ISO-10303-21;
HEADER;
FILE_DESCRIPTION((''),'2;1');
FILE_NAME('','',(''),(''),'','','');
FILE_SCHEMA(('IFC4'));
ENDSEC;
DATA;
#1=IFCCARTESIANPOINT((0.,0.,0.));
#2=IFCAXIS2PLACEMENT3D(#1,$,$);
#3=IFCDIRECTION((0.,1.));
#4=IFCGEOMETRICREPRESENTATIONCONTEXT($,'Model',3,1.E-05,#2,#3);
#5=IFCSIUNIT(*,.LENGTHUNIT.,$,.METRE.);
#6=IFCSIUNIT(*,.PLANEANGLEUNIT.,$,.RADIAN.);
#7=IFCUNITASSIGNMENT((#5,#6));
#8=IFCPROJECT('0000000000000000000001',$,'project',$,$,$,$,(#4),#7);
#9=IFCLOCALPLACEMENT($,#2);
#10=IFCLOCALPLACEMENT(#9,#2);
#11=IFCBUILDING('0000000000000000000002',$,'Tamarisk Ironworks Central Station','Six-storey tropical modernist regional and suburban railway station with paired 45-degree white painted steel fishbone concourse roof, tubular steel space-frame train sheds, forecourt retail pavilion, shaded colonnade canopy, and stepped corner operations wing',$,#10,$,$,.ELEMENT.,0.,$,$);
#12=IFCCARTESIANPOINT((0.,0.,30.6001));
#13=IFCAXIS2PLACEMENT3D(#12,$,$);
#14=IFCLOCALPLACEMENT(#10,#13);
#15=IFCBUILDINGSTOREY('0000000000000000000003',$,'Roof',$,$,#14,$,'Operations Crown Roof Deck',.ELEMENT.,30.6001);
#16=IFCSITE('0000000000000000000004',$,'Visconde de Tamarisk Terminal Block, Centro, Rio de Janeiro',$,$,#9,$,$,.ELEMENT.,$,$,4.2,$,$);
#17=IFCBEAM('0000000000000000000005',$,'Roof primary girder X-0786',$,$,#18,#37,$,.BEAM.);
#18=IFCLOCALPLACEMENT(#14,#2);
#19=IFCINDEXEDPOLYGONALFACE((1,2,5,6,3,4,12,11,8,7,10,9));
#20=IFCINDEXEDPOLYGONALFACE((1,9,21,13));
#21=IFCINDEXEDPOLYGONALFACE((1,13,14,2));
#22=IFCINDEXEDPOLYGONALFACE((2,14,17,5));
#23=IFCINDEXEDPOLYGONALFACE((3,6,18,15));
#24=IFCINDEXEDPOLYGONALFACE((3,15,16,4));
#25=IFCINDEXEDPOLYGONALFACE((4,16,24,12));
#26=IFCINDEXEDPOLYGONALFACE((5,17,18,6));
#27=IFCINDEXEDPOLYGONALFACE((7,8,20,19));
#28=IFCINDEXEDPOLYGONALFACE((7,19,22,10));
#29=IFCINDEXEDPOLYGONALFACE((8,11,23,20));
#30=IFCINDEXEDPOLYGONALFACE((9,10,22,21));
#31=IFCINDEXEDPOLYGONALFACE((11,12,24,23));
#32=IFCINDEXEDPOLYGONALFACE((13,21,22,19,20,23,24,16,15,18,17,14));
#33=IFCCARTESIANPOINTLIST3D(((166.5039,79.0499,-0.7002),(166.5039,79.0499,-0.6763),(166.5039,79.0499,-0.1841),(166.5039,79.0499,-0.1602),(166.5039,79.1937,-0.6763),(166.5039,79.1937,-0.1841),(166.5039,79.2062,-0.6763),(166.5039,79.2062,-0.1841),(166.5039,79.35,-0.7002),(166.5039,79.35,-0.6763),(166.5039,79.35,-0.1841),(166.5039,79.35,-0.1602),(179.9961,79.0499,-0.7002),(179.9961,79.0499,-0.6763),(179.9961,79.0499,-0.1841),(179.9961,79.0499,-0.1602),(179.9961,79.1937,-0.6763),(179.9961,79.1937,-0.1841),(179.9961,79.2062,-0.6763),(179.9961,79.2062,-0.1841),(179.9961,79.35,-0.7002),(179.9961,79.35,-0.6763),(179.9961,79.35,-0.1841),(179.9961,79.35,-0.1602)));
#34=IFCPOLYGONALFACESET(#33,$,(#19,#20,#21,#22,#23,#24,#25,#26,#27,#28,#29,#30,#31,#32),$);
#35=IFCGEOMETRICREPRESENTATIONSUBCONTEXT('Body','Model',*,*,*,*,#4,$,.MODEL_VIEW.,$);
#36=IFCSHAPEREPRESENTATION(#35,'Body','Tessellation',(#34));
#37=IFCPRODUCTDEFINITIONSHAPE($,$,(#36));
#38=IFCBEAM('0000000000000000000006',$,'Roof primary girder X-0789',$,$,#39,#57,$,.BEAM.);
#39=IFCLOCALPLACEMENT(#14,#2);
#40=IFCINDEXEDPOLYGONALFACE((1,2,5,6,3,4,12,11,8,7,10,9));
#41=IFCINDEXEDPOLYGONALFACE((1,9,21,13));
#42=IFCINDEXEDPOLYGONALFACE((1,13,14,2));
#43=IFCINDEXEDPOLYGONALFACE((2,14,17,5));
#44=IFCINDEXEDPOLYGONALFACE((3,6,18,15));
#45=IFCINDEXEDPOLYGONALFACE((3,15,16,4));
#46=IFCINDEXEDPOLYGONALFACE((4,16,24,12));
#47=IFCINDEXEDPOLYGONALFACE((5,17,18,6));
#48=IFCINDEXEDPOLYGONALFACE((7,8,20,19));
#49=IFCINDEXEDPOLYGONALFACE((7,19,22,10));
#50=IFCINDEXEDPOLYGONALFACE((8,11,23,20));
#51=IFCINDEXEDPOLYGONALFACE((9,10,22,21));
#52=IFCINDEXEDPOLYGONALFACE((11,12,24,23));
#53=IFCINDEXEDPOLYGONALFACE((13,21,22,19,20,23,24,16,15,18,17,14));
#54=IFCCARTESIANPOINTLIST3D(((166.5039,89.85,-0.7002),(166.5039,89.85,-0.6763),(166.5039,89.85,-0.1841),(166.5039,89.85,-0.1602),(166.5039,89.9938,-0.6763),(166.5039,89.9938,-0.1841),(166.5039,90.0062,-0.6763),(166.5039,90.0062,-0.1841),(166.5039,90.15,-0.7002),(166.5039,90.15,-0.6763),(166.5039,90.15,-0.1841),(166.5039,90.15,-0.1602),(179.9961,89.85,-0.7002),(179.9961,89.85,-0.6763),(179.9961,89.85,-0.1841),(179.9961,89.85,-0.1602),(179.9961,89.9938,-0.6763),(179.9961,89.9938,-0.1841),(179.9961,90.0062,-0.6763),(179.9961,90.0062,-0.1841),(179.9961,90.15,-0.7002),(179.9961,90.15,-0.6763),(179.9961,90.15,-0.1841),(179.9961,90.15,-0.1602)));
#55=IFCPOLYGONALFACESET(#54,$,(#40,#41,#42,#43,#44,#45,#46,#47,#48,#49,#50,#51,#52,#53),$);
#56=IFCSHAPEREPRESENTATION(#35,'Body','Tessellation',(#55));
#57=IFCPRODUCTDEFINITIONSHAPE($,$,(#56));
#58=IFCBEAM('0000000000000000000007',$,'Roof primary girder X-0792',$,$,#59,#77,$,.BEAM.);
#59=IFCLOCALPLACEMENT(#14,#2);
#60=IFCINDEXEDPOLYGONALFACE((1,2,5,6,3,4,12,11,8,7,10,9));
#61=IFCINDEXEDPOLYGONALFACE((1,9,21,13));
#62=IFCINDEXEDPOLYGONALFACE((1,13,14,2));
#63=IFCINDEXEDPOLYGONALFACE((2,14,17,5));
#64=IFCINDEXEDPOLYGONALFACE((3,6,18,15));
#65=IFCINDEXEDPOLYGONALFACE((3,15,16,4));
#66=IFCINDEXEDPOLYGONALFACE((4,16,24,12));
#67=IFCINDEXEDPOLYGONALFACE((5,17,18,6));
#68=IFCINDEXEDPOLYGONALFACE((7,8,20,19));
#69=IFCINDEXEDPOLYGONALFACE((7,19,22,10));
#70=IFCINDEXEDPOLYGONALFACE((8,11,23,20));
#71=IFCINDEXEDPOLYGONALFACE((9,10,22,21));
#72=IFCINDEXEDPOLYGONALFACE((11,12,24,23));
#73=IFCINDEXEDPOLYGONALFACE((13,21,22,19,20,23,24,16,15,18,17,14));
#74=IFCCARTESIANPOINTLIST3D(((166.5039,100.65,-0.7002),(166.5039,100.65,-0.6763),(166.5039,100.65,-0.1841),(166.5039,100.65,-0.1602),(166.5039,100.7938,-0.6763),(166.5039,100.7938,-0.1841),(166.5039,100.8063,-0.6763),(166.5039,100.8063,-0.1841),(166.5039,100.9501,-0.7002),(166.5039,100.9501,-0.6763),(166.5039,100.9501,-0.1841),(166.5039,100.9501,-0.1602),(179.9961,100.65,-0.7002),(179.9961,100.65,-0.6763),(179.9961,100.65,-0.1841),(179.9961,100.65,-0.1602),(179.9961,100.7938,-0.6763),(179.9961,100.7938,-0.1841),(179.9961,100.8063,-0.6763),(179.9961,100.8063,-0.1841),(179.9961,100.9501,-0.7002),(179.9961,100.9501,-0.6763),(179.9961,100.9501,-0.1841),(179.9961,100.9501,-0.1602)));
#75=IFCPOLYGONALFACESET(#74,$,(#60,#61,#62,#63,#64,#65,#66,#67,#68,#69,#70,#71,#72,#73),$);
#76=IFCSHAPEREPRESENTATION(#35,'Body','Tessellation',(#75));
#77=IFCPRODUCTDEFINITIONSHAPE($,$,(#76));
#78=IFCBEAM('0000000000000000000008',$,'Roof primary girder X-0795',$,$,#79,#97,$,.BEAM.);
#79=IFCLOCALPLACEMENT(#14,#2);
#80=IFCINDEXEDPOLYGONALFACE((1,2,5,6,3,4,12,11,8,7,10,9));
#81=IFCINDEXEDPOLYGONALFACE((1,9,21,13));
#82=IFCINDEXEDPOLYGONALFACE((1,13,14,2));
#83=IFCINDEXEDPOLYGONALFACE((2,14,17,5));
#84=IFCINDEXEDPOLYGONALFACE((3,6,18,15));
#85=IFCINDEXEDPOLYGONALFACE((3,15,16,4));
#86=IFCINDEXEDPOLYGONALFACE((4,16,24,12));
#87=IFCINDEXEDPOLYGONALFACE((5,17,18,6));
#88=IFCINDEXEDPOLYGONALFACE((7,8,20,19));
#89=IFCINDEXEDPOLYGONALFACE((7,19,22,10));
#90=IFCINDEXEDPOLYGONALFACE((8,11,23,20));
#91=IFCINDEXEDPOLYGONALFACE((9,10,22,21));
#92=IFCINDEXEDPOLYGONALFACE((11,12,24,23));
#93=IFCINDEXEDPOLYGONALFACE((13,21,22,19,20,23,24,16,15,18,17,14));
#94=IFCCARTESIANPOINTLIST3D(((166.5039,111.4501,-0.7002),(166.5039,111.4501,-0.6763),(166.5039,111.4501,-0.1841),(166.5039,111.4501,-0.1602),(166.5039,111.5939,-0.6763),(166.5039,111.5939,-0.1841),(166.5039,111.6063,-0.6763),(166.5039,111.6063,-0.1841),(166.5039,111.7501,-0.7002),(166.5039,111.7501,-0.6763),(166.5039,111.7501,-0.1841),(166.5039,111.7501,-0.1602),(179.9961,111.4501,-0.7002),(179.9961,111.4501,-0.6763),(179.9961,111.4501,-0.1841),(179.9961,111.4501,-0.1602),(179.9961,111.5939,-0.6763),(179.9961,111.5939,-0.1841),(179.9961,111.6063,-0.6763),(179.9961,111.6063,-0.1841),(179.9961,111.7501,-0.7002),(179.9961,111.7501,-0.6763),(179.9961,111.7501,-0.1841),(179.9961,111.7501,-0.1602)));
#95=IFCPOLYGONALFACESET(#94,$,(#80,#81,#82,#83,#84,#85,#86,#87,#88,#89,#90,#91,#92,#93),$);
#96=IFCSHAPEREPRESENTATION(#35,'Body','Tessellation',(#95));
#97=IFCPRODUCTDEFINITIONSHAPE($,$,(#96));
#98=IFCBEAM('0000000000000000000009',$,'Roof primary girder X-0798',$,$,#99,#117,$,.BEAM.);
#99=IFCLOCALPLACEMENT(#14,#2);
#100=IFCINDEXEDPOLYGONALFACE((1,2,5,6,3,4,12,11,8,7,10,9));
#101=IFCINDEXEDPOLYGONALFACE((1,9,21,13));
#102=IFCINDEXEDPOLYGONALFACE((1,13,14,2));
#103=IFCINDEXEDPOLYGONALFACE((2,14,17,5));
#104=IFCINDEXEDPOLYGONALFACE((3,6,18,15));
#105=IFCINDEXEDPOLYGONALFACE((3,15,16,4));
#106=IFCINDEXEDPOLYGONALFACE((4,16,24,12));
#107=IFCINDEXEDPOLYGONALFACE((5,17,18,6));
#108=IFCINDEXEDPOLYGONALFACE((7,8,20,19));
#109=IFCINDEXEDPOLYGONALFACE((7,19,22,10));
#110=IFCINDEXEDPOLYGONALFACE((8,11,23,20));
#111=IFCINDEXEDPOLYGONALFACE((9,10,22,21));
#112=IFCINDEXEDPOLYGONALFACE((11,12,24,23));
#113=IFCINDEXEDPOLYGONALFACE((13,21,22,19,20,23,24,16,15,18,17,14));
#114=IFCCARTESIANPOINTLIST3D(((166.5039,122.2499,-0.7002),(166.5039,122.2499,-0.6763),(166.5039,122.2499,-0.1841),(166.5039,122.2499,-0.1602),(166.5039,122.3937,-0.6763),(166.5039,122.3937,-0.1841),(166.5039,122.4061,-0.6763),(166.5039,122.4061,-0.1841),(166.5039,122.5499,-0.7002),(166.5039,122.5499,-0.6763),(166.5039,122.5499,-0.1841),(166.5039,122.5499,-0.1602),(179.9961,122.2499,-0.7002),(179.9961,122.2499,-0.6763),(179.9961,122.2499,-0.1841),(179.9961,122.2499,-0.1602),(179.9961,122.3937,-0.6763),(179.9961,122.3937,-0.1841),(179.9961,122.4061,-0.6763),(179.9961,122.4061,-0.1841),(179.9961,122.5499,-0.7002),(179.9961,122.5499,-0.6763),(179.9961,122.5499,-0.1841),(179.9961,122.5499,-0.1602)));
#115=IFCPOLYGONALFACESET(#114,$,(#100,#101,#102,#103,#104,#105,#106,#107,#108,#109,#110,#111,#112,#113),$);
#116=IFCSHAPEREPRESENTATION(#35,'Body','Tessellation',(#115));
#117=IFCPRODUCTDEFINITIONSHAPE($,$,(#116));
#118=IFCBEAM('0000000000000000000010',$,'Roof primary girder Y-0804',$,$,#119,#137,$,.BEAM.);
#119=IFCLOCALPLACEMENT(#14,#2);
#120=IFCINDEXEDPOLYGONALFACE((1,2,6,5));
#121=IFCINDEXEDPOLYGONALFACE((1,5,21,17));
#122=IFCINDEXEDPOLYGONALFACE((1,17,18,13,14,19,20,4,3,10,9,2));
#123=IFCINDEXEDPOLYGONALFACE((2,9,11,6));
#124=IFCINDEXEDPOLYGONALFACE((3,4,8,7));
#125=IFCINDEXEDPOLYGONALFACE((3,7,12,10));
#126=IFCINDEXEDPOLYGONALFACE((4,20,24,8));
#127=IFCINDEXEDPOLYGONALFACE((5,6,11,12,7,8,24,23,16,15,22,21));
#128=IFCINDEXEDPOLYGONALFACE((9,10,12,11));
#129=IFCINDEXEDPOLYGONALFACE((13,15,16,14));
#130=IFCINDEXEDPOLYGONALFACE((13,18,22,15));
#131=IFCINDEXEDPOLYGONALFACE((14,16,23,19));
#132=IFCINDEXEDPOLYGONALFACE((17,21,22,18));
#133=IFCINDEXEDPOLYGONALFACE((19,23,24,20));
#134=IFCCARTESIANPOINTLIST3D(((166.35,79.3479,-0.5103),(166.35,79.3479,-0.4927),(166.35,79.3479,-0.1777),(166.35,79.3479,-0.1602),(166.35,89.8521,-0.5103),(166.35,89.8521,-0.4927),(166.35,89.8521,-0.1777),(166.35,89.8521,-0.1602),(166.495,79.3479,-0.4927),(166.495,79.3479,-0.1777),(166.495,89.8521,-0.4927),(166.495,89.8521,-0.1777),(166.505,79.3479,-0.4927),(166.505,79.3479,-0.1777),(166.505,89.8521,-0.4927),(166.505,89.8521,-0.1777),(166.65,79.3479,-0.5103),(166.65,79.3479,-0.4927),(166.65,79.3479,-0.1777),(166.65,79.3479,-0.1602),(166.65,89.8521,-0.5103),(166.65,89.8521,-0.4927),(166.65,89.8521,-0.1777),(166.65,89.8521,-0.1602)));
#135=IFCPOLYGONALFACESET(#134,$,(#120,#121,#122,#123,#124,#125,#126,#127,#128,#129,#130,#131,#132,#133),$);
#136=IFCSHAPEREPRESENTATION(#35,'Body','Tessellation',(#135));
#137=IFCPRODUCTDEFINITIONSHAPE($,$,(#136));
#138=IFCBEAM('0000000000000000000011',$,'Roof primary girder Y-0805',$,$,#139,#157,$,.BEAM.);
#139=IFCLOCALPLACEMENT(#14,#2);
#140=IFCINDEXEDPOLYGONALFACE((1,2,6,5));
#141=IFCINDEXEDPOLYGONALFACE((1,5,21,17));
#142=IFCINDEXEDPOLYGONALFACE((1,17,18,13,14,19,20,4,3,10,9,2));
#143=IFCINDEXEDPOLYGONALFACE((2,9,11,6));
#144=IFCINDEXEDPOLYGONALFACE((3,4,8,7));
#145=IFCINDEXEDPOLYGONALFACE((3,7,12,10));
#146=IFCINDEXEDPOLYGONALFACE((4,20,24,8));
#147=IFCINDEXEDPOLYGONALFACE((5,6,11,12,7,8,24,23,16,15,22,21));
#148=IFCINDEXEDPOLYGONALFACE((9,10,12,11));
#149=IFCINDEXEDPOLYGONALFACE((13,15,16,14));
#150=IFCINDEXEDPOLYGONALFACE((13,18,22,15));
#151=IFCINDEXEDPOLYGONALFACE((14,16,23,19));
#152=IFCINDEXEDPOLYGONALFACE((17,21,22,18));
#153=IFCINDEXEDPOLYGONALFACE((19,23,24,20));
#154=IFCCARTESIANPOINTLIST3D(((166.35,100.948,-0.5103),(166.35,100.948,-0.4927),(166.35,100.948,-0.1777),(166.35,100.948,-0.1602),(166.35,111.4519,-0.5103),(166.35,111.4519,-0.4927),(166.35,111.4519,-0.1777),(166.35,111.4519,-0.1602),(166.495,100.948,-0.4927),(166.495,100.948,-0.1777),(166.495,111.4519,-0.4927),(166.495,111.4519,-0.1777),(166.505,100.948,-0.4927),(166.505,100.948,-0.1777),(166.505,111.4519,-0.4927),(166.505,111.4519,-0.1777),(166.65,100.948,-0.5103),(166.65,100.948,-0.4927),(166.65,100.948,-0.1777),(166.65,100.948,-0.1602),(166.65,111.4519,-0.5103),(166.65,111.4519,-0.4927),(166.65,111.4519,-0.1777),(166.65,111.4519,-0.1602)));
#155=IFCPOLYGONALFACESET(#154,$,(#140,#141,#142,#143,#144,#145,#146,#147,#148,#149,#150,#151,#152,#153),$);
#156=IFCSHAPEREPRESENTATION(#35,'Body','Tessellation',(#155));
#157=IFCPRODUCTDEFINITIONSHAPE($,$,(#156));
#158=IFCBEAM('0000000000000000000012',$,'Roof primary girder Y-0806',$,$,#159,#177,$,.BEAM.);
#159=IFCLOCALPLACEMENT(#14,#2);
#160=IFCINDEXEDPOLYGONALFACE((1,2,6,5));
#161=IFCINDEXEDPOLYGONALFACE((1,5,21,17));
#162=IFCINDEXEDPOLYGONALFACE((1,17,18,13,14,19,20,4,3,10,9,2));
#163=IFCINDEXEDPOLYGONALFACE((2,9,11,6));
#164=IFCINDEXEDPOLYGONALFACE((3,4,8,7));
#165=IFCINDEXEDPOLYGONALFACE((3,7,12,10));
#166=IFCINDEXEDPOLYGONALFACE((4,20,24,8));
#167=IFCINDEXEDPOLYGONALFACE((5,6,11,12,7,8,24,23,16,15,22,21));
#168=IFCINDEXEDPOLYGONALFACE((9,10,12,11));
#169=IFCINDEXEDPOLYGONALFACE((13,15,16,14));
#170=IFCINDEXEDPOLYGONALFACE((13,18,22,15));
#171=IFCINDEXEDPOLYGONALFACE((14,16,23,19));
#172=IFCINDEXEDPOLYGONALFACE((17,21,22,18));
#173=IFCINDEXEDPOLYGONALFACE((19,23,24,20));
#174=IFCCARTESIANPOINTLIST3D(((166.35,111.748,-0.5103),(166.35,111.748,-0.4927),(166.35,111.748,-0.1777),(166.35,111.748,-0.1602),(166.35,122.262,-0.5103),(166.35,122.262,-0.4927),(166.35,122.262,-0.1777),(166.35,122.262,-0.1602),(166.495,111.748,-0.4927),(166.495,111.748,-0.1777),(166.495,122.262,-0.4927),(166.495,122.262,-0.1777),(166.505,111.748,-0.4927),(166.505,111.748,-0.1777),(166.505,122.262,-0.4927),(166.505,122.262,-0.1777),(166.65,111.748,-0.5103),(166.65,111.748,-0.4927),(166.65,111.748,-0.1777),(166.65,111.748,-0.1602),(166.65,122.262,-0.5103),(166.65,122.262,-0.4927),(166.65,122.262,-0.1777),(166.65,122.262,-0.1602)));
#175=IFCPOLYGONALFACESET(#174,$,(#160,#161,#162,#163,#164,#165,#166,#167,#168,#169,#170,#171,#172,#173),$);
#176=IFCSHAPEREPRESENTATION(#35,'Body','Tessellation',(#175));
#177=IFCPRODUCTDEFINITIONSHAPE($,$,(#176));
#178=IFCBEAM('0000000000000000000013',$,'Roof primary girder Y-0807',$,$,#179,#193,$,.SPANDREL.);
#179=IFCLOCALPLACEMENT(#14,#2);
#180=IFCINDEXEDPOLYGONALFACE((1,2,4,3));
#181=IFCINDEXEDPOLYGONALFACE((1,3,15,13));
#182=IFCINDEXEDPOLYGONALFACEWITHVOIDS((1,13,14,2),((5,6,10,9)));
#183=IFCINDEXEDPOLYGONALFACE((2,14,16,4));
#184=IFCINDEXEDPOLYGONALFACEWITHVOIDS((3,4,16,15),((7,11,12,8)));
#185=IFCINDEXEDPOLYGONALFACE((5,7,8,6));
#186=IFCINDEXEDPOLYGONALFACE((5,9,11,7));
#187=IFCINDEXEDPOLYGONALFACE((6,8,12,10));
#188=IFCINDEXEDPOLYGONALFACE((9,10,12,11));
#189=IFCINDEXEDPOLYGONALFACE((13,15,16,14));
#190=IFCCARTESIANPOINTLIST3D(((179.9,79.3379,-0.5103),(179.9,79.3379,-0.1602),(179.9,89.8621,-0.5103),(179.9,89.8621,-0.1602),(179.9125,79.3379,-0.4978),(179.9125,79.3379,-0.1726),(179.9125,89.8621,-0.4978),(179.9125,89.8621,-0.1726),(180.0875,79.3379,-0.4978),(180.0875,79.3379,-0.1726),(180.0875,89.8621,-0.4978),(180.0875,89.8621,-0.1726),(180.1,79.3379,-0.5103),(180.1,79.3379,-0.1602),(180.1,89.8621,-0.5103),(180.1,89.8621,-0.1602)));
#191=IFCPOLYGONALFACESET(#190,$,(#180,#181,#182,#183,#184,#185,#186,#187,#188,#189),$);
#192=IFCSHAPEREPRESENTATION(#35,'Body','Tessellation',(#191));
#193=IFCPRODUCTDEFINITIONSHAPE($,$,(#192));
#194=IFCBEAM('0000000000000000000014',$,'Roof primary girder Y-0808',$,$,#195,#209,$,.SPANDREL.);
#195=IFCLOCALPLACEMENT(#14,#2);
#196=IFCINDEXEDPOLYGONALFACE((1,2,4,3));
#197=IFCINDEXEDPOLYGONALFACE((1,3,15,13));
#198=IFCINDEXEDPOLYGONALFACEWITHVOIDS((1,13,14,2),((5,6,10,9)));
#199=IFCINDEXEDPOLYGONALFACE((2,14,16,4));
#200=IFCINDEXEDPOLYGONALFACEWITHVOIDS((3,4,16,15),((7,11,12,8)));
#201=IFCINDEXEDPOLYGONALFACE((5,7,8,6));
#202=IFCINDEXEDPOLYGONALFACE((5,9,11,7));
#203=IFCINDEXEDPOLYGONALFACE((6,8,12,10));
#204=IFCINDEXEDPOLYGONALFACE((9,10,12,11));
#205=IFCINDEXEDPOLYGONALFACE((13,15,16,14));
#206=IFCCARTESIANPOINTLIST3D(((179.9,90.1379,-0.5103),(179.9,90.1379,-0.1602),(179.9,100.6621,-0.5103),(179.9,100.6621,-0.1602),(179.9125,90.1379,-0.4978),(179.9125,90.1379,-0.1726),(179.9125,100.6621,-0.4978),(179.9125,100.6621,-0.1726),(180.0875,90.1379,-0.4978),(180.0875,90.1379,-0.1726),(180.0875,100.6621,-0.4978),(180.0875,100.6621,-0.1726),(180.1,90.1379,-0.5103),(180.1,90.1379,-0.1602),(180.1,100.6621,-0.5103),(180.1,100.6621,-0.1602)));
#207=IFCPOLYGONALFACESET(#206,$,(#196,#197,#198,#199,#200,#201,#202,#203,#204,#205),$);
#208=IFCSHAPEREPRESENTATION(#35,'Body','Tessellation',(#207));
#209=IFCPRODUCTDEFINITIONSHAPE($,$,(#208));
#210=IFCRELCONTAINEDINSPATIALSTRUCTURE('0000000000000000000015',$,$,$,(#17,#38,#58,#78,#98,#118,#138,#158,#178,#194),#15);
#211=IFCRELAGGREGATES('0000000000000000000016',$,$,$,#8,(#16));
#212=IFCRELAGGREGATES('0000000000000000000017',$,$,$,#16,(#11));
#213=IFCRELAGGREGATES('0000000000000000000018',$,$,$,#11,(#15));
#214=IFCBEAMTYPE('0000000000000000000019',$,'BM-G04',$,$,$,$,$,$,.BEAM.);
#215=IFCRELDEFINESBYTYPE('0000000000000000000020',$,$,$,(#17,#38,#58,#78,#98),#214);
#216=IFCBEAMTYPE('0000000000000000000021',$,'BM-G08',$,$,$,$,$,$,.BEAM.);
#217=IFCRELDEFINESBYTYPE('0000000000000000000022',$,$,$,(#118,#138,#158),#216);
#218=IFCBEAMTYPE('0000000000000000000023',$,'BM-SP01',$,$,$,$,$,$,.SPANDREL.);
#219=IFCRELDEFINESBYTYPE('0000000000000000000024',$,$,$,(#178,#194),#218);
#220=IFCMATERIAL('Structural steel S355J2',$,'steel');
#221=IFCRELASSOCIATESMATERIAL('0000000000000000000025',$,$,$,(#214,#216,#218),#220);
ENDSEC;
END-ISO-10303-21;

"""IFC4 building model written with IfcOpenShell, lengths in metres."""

from ifc_helpers import new_model, si_unit, direction, frame, origin, origin_2d, place, context, subcontext, project, spatial, hollow_rectangle, i_section, extrude, material, material_profile, profile_set, type_object, element, save


model = new_model("IFC4")

# Units and contexts
model_context = context("Model", 3, precision=1e-05, world=origin(), true_north=direction((0.0, 1.0)))
body_context = subcontext(model_context, "Body", "Model", "MODEL_VIEW")
ifc_project = project(units=[si_unit("LENGTHUNIT", "METRE"), si_unit("PLANEANGLEUNIT", "RADIAN")], contexts=[model_context])

# Site, building, storey
site_placement = place(None, origin())
site = spatial("IfcSite", under=ifc_project, at=site_placement, Name="Visconde de Tamarisk Terminal Block, Centro, Rio de Janeiro", CompositionType="ELEMENT", RefElevation=4.2)
building_placement = place(site_placement, origin())
building = spatial("IfcBuilding", under=site, at=building_placement, Name="Tamarisk Ironworks Central Station", Description="Six-storey tropical modernist regional and suburban railway station with paired 45-degree white painted steel fishbone concourse roof, tubular steel space-frame train sheds, forecourt retail pavilion, shaded colonnade canopy, and stepped corner operations wing", CompositionType="ELEMENT", ElevationOfRefHeight=0.0)
storey_placement = place(building_placement, frame((0.0, 0.0, 30.6001)))
storey = spatial("IfcBuildingStorey", under=building, at=storey_placement, Name="Roof", LongName="Operations Crown Roof Deck", CompositionType="ELEMENT", Elevation=30.6001)

# Beams
ifc_material_1 = material(Name="Structural steel S355J2", Category="steel")
ifc_material_profile_1 = material_profile(ifc_material_1, i_section(OverallWidth=0.3, OverallDepth=0.54, WebThickness=0.0125, FlangeThickness=0.0239, at=origin_2d()), Name="HEA 550")
ifc_profile_set_1 = profile_set([ifc_material_profile_1], Name="Structural steel S355J2")
beam_type_1 = type_object("IfcBeamType", Name="BM-G04", PredefinedType="BEAM", material=ifc_profile_set_1)
for number, where, z_axis, x_axis, name in (
    (1, (166.5039, 79.2, -0.4302), (1.0, 0.0, 0.0), (0.0, 1.0, 0.0), "Roof primary girder X-0786"),
    (2, (166.5039, 90.0, -0.4302), (1.0, 0.0, 0.0), (0.0, 1.0, 0.0), "Roof primary girder X-0789"),
    (3, (166.5039, 100.8, -0.4302), (1.0, 0.0, 0.0), (0.0, 1.0, 0.0), "Roof primary girder X-0792"),
    (4, (166.5039, 111.6001, -0.4302), (1.0, 0.0, 0.0), (0.0, 1.0, 0.0), "Roof primary girder X-0795"),
    (5, (166.5039, 122.3999, -0.4302), (1.0, 0.0, 0.0), (0.0, 1.0, 0.0), "Roof primary girder X-0798"),
):
    element("IfcBeam", number, at=place(storey_placement, frame(where, z_axis=z_axis, x_axis=x_axis)), inside=storey, type_object=beam_type_1, Name=name, PredefinedType="BEAM", context=body_context, shape_type="SweptSolid", body=[
        extrude(i_section(OverallWidth=0.3, OverallDepth=0.54, WebThickness=0.0125, FlangeThickness=0.0239, at=origin_2d()), origin(), (0.0, 0.0, 1.0), 13.4922),
    ])
ifc_material_profile_2 = material_profile(ifc_material_1, i_section(OverallWidth=0.3, OverallDepth=0.3501, WebThickness=0.01, FlangeThickness=0.0176, at=origin_2d()), Name="HEA 360")
ifc_profile_set_2 = profile_set([ifc_material_profile_2], Name="Structural steel S355J2")
beam_type_2 = type_object("IfcBeamType", Name="BM-G08", PredefinedType="BEAM", material=ifc_profile_set_2)
beam_1_placement = place(storey_placement, frame((166.5, 79.3479, -0.3352), z_axis=(0.0, 1.0, 0.0), x_axis=(-1.0, 0.0, 0.0)))
element("IfcBeam", 6, at=beam_1_placement, inside=storey, type_object=beam_type_2, Name="Roof primary girder Y-0804", PredefinedType="BEAM", context=body_context, shape_type="SweptSolid", body=[
    extrude(i_section(OverallWidth=0.3, OverallDepth=0.3501, WebThickness=0.01, FlangeThickness=0.0176, at=origin_2d()), origin(), (0.0, 0.0, 1.0), 10.5042),
])
beam_2_placement = place(storey_placement, frame((166.5, 100.948, -0.3352), z_axis=(0.0, 1.0, 0.0), x_axis=(-1.0, 0.0, 0.0)))
element("IfcBeam", 7, at=beam_2_placement, inside=storey, type_object=beam_type_2, Name="Roof primary girder Y-0805", PredefinedType="BEAM", context=body_context, shape_type="SweptSolid", body=[
    extrude(i_section(OverallWidth=0.3, OverallDepth=0.3501, WebThickness=0.01, FlangeThickness=0.0176, at=origin_2d()), origin(), (0.0, 0.0, 1.0), 10.5039),
])
beam_3_placement = place(storey_placement, frame((166.5, 111.748, -0.3352), z_axis=(0.0, 1.0, 0.0), x_axis=(-1.0, 0.0, 0.0)))
element("IfcBeam", 8, at=beam_3_placement, inside=storey, type_object=beam_type_2, Name="Roof primary girder Y-0806", PredefinedType="BEAM", context=body_context, shape_type="SweptSolid", body=[
    extrude(i_section(OverallWidth=0.3, OverallDepth=0.3501, WebThickness=0.01, FlangeThickness=0.0176, at=origin_2d()), origin(), (0.0, 0.0, 1.0), 10.5139),
])
ifc_material_profile_3 = material_profile(ifc_material_1, hollow_rectangle(XDim=0.2, YDim=0.3501, WallThickness=0.0125, at=origin_2d()), Name="RHS 350x200x12.5")
ifc_profile_set_3 = profile_set([ifc_material_profile_3], Name="Structural steel S355J2")
beam_type_3 = type_object("IfcBeamType", Name="BM-SP01", PredefinedType="SPANDREL", material=ifc_profile_set_3)
for number, where, z_axis, x_axis, name in (
    (9, (180.0, 79.3379, -0.3352), (0.0, 1.0, 0.0), (-1.0, 0.0, 0.0), "Roof primary girder Y-0807"),
    (10, (180.0, 90.1379, -0.3352), (0.0, 1.0, 0.0), (-1.0, 0.0, 0.0), "Roof primary girder Y-0808"),
):
    element("IfcBeam", number, at=place(storey_placement, frame(where, z_axis=z_axis, x_axis=x_axis)), inside=storey, type_object=beam_type_3, Name=name, PredefinedType="SPANDREL", context=body_context, shape_type="SweptSolid", body=[
        extrude(hollow_rectangle(XDim=0.2, YDim=0.3501, WallThickness=0.0125, at=origin_2d()), origin(), (0.0, 0.0, 1.0), 10.5242),
    ])

save(model, "model.ifc")
